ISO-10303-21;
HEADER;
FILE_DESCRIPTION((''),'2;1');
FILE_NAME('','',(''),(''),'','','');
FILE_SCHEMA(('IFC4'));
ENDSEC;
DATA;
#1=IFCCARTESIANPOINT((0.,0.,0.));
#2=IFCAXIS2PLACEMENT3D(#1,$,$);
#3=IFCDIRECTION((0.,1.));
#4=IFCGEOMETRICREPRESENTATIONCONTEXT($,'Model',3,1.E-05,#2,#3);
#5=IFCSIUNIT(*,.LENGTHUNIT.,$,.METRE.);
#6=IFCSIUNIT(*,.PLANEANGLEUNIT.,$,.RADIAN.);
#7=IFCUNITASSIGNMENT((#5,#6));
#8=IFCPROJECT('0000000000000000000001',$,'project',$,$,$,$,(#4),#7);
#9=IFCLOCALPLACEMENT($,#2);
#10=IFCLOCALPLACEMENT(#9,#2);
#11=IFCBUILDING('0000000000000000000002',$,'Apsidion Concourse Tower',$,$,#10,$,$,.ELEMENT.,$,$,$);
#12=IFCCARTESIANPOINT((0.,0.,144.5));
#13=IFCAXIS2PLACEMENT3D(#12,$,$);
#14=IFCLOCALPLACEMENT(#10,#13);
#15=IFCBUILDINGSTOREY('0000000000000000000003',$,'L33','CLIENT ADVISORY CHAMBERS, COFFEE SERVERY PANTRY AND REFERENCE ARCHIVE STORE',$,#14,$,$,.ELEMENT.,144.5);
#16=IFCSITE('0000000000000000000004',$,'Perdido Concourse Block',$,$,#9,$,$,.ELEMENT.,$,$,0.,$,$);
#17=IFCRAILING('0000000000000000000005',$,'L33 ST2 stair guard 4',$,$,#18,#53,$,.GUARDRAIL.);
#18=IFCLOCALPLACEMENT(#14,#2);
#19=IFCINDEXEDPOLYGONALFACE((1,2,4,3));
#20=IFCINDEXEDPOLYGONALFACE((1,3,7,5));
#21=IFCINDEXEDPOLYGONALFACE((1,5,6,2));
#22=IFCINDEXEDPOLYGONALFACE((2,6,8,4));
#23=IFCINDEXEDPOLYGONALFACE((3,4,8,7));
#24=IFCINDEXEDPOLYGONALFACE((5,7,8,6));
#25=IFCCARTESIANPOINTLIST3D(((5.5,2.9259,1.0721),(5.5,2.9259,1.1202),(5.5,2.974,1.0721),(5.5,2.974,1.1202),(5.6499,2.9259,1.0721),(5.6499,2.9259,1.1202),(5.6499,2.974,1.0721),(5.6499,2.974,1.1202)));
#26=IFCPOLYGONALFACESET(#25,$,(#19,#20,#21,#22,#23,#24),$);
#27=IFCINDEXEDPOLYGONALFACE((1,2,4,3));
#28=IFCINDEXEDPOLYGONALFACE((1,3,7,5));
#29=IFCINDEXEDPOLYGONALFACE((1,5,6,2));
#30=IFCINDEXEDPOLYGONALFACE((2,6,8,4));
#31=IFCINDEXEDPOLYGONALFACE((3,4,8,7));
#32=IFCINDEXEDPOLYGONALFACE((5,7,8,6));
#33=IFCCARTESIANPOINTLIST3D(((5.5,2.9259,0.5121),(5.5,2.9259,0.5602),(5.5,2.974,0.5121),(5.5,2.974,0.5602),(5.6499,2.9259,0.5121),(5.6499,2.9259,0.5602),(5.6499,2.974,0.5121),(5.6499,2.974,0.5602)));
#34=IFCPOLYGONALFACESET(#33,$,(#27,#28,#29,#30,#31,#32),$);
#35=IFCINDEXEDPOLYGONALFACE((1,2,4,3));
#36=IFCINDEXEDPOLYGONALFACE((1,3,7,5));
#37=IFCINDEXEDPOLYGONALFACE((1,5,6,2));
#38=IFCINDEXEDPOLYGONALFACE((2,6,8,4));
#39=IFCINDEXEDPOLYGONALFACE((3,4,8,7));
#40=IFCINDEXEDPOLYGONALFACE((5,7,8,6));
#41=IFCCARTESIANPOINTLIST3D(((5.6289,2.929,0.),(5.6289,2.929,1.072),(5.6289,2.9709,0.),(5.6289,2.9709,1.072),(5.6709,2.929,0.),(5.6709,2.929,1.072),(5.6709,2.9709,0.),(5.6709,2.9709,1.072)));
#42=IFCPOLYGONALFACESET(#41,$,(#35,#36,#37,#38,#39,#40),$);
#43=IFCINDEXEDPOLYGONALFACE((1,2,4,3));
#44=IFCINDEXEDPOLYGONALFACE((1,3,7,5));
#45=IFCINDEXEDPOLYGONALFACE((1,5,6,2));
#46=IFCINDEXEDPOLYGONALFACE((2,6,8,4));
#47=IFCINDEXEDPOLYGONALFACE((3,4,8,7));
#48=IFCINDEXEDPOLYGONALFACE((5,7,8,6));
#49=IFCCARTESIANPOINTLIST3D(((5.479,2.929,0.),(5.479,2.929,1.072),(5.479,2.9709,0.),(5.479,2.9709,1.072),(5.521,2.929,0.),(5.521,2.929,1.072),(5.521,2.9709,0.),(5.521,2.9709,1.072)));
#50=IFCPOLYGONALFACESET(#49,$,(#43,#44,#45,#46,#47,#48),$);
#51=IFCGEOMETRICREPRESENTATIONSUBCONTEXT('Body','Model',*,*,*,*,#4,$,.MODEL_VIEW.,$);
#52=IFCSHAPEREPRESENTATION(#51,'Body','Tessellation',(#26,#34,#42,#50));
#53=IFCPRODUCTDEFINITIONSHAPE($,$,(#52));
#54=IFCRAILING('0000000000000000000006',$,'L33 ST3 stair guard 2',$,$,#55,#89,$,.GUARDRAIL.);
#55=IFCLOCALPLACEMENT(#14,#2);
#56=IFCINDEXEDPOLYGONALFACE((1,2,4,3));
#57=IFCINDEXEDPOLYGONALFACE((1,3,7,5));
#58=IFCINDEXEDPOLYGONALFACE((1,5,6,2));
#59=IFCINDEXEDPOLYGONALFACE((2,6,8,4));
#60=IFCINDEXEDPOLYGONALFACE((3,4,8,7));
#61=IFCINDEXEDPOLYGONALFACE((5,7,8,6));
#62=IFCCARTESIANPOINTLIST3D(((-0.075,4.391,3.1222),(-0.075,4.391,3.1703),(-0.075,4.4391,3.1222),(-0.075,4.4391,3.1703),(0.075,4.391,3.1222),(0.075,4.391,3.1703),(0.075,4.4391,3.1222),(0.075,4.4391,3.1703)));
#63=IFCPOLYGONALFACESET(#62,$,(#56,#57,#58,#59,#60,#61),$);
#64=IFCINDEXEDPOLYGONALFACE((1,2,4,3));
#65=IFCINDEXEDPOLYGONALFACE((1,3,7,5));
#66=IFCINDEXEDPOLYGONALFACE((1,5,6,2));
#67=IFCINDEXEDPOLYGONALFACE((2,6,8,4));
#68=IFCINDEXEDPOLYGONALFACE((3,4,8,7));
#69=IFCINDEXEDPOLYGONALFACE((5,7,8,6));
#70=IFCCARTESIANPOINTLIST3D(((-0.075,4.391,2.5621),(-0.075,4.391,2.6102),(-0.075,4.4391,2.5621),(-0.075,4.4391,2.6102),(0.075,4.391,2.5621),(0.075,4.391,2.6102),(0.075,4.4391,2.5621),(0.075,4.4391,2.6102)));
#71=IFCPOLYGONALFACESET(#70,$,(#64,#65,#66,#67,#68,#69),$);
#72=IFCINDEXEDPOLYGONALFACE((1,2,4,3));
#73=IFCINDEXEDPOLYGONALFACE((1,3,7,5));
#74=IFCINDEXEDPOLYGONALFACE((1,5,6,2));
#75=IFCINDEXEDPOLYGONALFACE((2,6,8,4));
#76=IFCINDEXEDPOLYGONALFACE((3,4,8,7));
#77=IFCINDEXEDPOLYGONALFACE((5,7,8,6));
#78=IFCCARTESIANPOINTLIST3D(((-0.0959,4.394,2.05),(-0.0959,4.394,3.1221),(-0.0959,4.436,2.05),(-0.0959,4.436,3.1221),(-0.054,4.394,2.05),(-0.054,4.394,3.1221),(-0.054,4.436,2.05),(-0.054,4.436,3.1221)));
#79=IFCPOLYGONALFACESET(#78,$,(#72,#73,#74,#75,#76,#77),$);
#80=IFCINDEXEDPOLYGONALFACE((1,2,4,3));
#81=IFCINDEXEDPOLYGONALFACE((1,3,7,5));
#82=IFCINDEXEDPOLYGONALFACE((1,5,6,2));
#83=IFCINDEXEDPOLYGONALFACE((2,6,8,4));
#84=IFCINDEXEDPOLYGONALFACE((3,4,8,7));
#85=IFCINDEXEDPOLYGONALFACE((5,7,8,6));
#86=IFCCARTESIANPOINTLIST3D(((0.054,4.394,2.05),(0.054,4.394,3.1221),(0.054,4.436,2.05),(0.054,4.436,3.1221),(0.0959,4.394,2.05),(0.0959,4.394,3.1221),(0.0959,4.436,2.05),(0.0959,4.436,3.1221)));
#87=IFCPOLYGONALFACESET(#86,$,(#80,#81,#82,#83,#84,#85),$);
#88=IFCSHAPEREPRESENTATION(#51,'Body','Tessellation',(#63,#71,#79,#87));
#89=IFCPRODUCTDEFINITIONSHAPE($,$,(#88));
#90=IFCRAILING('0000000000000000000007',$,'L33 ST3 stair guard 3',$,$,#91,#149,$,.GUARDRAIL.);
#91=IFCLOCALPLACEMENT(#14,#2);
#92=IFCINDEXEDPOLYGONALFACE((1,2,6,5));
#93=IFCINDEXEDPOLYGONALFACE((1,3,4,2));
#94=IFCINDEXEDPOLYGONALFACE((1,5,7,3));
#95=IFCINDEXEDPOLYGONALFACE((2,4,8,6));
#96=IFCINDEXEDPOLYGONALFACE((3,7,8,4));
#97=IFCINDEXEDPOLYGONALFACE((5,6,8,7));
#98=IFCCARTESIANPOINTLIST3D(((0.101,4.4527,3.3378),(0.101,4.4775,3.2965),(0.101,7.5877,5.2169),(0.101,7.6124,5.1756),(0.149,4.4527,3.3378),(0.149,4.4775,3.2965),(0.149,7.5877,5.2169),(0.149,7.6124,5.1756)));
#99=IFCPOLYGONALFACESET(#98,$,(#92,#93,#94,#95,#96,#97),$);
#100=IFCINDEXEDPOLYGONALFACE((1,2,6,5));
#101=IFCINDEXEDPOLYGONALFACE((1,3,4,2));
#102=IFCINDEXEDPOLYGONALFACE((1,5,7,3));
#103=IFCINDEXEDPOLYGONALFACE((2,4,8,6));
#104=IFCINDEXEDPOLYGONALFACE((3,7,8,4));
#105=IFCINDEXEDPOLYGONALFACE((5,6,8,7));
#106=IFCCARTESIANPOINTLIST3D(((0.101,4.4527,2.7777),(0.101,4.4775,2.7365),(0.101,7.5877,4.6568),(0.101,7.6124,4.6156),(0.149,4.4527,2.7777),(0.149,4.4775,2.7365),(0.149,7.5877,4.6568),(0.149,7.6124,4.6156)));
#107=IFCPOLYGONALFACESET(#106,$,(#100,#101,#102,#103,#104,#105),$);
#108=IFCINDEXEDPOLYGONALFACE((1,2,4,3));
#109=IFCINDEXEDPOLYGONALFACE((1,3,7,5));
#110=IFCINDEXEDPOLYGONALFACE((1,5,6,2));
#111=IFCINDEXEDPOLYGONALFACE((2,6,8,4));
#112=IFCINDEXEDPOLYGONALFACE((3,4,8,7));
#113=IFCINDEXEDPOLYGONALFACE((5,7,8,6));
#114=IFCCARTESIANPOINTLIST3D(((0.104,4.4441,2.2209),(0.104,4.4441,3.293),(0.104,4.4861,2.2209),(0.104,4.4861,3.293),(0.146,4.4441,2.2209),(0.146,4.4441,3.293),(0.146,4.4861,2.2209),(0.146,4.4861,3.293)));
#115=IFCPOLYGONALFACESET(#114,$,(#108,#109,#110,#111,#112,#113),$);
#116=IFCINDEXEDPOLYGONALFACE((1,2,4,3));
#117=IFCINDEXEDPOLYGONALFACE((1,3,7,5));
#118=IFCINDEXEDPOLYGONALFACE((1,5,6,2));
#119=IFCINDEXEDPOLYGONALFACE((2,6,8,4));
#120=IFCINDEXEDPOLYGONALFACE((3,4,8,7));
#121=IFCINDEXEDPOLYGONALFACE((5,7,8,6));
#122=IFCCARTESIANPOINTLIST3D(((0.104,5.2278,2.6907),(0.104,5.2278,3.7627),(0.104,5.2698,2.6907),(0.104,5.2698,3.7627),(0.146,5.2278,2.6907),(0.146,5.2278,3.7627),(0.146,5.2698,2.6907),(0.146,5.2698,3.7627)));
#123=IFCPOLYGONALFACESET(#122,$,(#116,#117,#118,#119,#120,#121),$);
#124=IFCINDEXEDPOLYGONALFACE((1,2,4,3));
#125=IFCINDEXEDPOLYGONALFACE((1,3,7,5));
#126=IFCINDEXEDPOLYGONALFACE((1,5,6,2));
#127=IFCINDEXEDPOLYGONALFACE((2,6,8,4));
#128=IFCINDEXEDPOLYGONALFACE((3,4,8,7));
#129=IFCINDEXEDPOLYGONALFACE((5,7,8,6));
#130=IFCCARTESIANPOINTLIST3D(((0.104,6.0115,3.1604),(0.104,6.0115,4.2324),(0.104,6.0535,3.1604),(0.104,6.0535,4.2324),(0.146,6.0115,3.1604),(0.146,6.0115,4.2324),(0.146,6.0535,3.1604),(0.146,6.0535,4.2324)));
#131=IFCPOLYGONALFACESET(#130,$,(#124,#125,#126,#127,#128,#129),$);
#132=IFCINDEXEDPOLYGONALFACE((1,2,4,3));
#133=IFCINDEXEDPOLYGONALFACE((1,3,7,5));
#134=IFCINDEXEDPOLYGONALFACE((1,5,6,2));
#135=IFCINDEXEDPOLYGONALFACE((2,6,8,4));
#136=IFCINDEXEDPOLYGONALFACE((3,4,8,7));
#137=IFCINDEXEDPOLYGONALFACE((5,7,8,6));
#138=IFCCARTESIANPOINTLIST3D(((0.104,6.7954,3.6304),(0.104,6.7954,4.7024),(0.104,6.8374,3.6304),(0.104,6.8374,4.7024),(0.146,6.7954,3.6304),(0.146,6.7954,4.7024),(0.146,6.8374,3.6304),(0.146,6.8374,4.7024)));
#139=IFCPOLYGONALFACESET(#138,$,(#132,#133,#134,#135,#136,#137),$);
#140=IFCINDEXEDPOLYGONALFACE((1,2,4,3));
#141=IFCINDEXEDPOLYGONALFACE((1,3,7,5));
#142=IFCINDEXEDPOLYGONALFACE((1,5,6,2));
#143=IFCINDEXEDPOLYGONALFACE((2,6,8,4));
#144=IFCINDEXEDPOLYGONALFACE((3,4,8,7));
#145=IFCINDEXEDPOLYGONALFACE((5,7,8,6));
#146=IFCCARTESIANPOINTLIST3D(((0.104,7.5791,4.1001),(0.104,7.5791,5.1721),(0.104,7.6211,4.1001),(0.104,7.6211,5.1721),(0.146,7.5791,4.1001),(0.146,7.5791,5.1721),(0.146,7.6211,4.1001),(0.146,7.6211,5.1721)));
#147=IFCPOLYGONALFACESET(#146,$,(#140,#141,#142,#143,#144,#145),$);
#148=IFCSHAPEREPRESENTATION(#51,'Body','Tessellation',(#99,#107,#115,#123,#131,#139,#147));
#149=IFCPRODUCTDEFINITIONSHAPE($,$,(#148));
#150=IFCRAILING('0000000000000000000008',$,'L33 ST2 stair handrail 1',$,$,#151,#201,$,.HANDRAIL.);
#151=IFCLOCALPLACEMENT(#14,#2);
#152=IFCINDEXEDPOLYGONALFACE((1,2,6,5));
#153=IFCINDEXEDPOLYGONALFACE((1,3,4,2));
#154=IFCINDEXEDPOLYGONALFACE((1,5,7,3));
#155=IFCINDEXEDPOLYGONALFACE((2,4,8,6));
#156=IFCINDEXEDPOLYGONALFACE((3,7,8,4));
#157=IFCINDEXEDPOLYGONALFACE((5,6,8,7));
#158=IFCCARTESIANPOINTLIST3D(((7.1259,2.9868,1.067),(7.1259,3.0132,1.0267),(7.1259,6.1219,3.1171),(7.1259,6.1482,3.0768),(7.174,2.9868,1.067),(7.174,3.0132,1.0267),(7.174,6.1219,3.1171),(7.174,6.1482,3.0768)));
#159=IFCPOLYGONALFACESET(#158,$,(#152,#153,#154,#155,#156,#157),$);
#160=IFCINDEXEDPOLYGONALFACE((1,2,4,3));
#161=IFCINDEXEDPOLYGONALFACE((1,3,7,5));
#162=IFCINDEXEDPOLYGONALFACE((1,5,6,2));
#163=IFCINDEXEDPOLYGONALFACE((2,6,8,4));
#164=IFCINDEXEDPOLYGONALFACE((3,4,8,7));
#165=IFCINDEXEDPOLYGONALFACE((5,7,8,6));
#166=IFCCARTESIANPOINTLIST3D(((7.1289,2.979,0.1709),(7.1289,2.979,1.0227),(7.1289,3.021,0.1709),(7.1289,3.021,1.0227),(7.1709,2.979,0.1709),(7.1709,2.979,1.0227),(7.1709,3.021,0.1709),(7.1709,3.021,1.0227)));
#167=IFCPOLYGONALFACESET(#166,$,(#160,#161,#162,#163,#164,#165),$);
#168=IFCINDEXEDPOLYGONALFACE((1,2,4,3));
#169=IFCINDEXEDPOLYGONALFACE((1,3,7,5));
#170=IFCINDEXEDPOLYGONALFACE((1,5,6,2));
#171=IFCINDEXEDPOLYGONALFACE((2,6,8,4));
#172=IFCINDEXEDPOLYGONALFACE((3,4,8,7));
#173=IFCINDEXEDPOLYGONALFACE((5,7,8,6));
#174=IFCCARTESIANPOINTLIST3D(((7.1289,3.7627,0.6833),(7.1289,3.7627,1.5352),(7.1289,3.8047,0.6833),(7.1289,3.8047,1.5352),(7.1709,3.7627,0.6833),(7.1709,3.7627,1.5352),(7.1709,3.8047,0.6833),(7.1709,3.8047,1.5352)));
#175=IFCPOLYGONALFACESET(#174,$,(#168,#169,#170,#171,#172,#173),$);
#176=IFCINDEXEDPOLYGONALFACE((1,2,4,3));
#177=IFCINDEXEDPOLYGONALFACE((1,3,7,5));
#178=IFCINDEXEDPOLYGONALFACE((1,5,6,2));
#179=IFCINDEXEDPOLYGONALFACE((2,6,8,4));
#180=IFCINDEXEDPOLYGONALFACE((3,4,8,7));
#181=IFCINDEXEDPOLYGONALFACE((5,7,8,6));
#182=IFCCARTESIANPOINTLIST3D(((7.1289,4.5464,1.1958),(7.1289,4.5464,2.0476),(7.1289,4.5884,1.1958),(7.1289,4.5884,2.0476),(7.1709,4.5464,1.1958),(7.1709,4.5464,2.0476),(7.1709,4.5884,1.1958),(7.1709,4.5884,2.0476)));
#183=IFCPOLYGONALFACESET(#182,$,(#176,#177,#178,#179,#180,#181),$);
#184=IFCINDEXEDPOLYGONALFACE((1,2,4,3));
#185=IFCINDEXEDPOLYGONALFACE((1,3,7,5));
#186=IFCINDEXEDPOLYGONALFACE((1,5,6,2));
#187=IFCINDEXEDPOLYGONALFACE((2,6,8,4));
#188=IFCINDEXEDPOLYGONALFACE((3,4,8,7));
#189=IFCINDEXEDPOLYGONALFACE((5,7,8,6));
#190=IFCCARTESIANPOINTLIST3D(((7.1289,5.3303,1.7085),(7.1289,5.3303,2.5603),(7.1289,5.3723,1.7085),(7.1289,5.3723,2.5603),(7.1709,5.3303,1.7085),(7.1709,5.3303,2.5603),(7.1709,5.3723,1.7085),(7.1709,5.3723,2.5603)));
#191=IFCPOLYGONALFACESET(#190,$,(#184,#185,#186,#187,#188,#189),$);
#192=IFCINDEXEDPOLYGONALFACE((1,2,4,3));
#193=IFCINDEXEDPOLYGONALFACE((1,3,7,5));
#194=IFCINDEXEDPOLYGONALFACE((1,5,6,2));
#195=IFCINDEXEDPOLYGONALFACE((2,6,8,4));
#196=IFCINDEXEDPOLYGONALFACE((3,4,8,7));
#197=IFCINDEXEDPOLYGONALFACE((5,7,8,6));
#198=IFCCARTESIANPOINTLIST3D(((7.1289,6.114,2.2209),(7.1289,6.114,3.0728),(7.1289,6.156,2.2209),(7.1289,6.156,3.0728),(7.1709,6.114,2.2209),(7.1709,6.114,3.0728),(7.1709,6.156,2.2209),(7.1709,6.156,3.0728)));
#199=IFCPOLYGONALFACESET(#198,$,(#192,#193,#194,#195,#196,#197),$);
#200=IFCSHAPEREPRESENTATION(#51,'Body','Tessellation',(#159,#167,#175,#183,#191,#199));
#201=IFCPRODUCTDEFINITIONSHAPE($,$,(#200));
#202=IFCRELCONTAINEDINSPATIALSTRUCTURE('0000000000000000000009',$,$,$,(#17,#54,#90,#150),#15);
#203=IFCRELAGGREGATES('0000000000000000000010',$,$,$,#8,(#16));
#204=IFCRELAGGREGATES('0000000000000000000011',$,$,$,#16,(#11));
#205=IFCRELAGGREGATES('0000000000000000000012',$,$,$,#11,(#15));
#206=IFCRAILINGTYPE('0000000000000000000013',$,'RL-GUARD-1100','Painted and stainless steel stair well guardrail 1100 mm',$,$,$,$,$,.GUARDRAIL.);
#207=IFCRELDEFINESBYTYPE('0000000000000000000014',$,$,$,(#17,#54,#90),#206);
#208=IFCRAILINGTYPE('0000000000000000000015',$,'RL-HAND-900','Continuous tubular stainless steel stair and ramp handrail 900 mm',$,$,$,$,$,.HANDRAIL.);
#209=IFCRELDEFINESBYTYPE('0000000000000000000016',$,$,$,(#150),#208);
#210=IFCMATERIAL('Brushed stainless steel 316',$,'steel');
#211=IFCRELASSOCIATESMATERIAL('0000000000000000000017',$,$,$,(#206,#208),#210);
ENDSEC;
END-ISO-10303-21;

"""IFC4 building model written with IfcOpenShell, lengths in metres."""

from ifc_helpers import new_model, si_unit, direction, frame, origin, origin_2d, place, context, subcontext, project, spatial, rectangle, extrude, material, type_object, element, save


model = new_model("IFC4")

# Units and contexts
model_context = context("Model", 3, precision=1e-05, world=origin(), true_north=direction((0.0, 1.0)))
body_context = subcontext(model_context, "Body", "Model", "MODEL_VIEW")
ifc_project = project(units=[si_unit("LENGTHUNIT", "METRE"), si_unit("PLANEANGLEUNIT", "RADIAN")], contexts=[model_context])

# Site, building, storey
site_placement = place(None, origin())
site = spatial("IfcSite", under=ifc_project, at=site_placement, Name="Perdido Concourse Block", CompositionType="ELEMENT", RefElevation=0.0)
building_placement = place(site_placement, origin())
building = spatial("IfcBuilding", under=site, at=building_placement, Name="Apsidion Concourse Tower", CompositionType="ELEMENT")
storey_placement = place(building_placement, frame((0.0, 0.0, 144.5)))
storey = spatial("IfcBuildingStorey", under=building, at=storey_placement, Name="L33", Description="CLIENT ADVISORY CHAMBERS, COFFEE SERVERY PANTRY AND REFERENCE ARCHIVE STORE", CompositionType="ELEMENT", Elevation=144.5)

# Shared definitions
ifc_material_1 = material(Name="Brushed stainless steel 316", Category="steel")

# Railings
railing_type_1 = type_object("IfcRailingType", Name="RL-GUARD-1100", Description="Painted and stainless steel stair well guardrail 1100 mm", PredefinedType="GUARDRAIL", material=ifc_material_1)
railing_1_placement = place(storey_placement, frame((5.6499, 2.95, 0.0)))
element("IfcRailing", 1, at=railing_1_placement, inside=storey, type_object=railing_type_1, Name="L33 ST2 stair guard 4", PredefinedType="GUARDRAIL", context=body_context, shape_type="SweptSolid", body=[
    extrude(rectangle(XDim=0.0481, YDim=0.0481, at=origin_2d()), frame((0.0, 0.0, 1.0962), z_axis=(-1.0, 0.0, 0.0), x_axis=(0.0, -1.0, 0.0)), (0.0, 0.0, 1.0), 0.1499),
    extrude(rectangle(XDim=0.0481, YDim=0.0481, at=origin_2d()), frame((0.0, 0.0, 0.5361), z_axis=(-1.0, 0.0, 0.0), x_axis=(0.0, -1.0, 0.0)), (0.0, 0.0, 1.0), 0.1499),
    extrude(rectangle(XDim=0.042, YDim=0.042, at=origin_2d()), origin(), (0.0, 0.0, 1.0), 1.072),
    extrude(rectangle(XDim=0.042, YDim=0.042, at=origin_2d()), frame((-0.1499, 0.0, 0.0)), (0.0, 0.0, 1.0), 1.072),
])
railing_2_placement = place(storey_placement, frame((-0.075, 4.415, 2.05)))
element("IfcRailing", 2, at=railing_2_placement, inside=storey, type_object=railing_type_1, Name="L33 ST3 stair guard 2", PredefinedType="GUARDRAIL", context=body_context, shape_type="SweptSolid", body=[
    extrude(rectangle(XDim=0.0481, YDim=0.0481, at=origin_2d()), frame((0.0, 0.0, 1.0962), z_axis=(1.0, 0.0, 0.0), x_axis=(0.0, 1.0, 0.0)), (0.0, 0.0, 1.0), 0.1499),
    extrude(rectangle(XDim=0.0481, YDim=0.0481, at=origin_2d()), frame((0.0, 0.0, 0.5361), z_axis=(1.0, 0.0, 0.0), x_axis=(0.0, 1.0, 0.0)), (0.0, 0.0, 1.0), 0.1499),
    extrude(rectangle(XDim=0.042, YDim=0.042, at=origin_2d()), origin(), (0.0, 0.0, 1.0), 1.072),
    extrude(rectangle(XDim=0.042, YDim=0.042, at=origin_2d()), frame((0.1499, 0.0, 0.0)), (0.0, 0.0, 1.0), 1.072),
])
railing_3_placement = place(storey_placement, frame((0.125, 4.4651, 2.2209)))
element("IfcRailing", 3, at=railing_3_placement, inside=storey, type_object=railing_type_1, Name="L33 ST3 stair guard 3", PredefinedType="GUARDRAIL", context=body_context, shape_type="SweptSolid", body=[
    extrude(rectangle(XDim=0.0481, YDim=0.0481, at=origin_2d()), frame((0.0, 0.0, 1.0962), z_axis=(0.0, 0.857717, 0.514122), x_axis=(-1.0, 0.0, 0.0)), (0.0, 0.0, 1.0), 3.655),
    extrude(rectangle(XDim=0.0481, YDim=0.0481, at=origin_2d()), frame((0.0, 0.0, 0.5361), z_axis=(0.0, 0.857717, 0.514122), x_axis=(-1.0, 0.0, 0.0)), (0.0, 0.0, 1.0), 3.655),
    extrude(rectangle(XDim=0.042, YDim=0.042, at=origin_2d()), origin(), (0.0, 0.0, 1.0), 1.072),
    extrude(rectangle(XDim=0.042, YDim=0.042, at=origin_2d()), frame((0.0, 0.7837, 0.4697)), (0.0, 0.0, 1.0), 1.072),
    extrude(rectangle(XDim=0.042, YDim=0.042, at=origin_2d()), frame((0.0, 1.5674, 0.9395)), (0.0, 0.0, 1.0), 1.072),
    extrude(rectangle(XDim=0.042, YDim=0.042, at=origin_2d()), frame((0.0, 2.3513, 1.4094)), (0.0, 0.0, 1.0), 1.072),
    extrude(rectangle(XDim=0.042, YDim=0.042, at=origin_2d()), frame((0.0, 3.135, 1.8792)), (0.0, 0.0, 1.0), 1.072),
])
railing_type_2 = type_object("IfcRailingType", Name="RL-HAND-900", Description="Continuous tubular stainless steel stair and ramp handrail 900 mm", PredefinedType="HANDRAIL", material=ifc_material_1)
railing_4_placement = place(storey_placement, frame((7.1499, 3.0, 0.1709)))
element("IfcRailing", 4, at=railing_4_placement, inside=storey, type_object=railing_type_2, Name="L33 ST2 stair handrail 1", PredefinedType="HANDRAIL", context=body_context, shape_type="SweptSolid", body=[
    extrude(rectangle(XDim=0.0481, YDim=0.0481, at=origin_2d()), frame((0.0, 0.0, 0.876), z_axis=(0.0, 0.836941, 0.547293), x_axis=(-1.0, 0.0, 0.0)), (0.0, 0.0, 1.0), 3.7458),
    extrude(rectangle(XDim=0.042, YDim=0.042, at=origin_2d()), origin(), (0.0, 0.0, 1.0), 0.8518),
    extrude(rectangle(XDim=0.042, YDim=0.042, at=origin_2d()), frame((0.0, 0.7837, 0.5125)), (0.0, 0.0, 1.0), 0.8518),
    extrude(rectangle(XDim=0.042, YDim=0.042, at=origin_2d()), frame((0.0, 1.5674, 1.0249)), (0.0, 0.0, 1.0), 0.8518),
    extrude(rectangle(XDim=0.042, YDim=0.042, at=origin_2d()), frame((0.0, 2.3513, 1.5376)), (0.0, 0.0, 1.0), 0.8518),
    extrude(rectangle(XDim=0.042, YDim=0.042, at=origin_2d()), frame((0.0, 3.135, 2.05)), (0.0, 0.0, 1.0), 0.8518),
])

save(model, "model.ifc")
